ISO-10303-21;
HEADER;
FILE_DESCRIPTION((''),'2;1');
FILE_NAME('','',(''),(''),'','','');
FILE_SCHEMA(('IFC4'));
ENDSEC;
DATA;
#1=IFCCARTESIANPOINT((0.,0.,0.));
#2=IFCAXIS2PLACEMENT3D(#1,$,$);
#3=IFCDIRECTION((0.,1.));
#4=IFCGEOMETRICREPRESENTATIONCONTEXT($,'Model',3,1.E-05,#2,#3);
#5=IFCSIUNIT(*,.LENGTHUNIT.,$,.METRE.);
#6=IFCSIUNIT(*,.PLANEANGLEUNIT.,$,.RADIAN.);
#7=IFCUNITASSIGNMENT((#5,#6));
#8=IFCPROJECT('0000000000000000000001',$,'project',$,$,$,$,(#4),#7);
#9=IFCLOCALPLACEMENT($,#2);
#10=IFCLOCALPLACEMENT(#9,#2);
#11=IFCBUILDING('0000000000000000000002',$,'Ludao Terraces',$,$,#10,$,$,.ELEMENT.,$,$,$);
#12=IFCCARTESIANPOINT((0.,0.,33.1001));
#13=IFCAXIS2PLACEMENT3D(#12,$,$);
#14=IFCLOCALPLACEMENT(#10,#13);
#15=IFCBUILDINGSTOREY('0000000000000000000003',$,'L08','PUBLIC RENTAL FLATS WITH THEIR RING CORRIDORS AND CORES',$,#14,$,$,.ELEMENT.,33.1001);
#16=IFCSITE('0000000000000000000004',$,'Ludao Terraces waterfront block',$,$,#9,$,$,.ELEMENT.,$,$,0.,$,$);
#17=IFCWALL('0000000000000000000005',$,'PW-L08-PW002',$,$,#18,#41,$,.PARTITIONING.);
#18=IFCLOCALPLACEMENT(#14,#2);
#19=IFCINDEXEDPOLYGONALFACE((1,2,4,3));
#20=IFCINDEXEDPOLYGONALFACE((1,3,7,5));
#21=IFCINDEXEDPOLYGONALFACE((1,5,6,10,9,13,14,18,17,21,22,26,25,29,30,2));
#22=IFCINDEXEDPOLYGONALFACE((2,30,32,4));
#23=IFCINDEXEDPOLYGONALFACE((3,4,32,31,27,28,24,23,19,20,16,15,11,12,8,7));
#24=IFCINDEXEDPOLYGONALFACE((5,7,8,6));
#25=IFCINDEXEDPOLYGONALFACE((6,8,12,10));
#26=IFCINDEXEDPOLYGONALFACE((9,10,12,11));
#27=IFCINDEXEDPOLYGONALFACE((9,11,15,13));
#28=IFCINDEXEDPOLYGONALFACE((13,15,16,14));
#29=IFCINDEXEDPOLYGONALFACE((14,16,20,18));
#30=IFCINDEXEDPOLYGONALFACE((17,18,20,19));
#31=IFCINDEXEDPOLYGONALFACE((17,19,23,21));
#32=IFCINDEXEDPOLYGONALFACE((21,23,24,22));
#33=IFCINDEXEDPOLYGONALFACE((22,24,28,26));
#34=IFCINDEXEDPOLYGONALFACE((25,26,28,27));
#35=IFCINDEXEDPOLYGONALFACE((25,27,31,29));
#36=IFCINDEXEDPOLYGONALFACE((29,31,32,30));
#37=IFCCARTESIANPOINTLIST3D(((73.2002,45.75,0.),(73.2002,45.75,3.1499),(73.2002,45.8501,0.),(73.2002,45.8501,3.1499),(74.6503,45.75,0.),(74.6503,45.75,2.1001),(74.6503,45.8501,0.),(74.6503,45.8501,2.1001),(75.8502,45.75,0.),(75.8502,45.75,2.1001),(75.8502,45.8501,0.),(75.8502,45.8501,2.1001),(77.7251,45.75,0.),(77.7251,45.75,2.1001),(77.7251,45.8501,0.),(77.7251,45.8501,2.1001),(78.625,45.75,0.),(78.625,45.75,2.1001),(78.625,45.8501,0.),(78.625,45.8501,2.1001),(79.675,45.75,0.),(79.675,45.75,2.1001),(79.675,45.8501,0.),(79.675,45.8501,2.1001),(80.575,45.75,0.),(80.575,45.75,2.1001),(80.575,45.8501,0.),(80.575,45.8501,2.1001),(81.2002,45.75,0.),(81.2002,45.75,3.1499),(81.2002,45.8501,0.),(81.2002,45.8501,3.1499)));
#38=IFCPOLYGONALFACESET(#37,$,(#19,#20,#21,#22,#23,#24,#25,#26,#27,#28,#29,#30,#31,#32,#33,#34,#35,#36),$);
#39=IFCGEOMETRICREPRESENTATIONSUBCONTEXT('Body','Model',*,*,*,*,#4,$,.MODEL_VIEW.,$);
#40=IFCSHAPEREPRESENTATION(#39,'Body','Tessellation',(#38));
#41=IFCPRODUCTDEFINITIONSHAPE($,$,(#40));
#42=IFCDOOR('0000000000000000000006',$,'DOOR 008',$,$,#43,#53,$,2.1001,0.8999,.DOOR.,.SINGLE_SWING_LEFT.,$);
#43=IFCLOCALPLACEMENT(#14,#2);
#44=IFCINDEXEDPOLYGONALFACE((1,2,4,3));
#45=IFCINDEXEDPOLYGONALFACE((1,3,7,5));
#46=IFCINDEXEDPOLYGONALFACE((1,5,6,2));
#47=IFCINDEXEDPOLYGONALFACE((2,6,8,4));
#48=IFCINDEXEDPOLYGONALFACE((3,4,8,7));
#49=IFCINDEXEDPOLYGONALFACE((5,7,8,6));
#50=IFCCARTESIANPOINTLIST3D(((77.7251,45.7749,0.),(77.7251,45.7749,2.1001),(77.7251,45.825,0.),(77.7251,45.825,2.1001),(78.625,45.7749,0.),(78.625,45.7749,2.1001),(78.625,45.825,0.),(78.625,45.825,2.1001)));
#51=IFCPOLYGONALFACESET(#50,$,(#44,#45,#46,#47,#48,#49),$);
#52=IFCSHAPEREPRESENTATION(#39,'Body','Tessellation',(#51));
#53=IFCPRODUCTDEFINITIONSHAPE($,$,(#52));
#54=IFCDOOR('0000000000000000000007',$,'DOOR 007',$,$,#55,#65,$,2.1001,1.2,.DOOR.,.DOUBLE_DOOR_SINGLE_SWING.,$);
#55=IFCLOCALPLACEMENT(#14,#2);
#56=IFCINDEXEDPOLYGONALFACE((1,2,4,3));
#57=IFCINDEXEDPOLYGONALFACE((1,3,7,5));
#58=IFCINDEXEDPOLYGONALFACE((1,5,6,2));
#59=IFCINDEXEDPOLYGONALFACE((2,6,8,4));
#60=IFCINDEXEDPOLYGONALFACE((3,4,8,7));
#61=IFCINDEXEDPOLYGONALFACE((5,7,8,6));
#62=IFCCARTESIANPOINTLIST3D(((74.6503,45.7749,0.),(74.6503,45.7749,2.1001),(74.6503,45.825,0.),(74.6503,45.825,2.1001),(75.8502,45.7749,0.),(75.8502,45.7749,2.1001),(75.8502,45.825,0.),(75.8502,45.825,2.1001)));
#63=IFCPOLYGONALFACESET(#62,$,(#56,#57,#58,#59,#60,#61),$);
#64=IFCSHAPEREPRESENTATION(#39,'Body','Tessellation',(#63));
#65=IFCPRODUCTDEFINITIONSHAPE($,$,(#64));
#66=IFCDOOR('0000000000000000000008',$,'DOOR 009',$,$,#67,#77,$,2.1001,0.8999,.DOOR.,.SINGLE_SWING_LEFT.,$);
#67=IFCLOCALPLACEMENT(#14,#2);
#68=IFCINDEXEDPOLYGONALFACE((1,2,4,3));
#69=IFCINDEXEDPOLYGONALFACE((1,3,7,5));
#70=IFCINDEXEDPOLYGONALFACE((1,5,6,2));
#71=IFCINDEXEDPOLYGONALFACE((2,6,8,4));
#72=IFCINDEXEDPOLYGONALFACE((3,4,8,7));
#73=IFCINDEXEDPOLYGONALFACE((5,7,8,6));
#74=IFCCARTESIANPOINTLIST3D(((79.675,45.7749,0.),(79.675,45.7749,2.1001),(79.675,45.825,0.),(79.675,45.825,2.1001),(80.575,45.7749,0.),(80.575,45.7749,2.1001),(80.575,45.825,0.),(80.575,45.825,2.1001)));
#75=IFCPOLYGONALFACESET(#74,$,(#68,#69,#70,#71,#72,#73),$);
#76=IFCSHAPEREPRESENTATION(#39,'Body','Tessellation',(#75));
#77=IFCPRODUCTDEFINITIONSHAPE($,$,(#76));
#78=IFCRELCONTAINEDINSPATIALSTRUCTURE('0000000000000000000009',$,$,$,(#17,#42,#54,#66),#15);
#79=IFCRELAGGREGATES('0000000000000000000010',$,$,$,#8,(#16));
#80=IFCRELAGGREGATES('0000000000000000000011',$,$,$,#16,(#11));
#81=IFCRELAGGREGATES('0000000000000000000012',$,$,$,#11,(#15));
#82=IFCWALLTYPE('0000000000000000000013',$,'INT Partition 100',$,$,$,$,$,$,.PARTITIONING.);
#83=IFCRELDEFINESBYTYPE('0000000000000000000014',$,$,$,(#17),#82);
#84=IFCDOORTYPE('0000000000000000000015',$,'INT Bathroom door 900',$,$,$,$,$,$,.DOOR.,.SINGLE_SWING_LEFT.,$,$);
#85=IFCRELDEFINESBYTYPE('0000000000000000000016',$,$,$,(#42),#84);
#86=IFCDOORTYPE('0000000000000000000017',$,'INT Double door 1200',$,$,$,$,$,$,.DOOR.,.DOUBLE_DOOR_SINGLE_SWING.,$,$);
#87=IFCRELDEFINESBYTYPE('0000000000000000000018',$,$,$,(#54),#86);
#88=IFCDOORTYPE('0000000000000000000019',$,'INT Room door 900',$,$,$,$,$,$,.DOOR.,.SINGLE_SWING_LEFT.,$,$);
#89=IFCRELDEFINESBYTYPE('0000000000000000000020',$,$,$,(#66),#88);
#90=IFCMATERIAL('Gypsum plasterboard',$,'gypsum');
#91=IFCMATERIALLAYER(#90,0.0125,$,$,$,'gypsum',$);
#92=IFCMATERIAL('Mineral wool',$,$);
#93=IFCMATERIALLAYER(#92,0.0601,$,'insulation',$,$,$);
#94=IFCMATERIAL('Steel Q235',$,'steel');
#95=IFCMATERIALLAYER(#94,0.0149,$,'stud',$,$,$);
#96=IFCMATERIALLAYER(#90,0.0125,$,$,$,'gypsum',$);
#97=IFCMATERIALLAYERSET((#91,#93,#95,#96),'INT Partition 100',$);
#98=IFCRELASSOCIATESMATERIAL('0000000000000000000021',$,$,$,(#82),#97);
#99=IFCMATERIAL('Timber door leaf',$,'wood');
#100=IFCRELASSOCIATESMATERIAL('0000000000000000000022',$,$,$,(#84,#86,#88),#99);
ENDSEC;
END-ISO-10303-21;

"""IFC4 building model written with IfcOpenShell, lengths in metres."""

from ifc_helpers import new_model, si_unit, direction, frame, frame_2d, origin, place, context, subcontext, project, spatial, rectangle, extrude, material, layer, layer_set, type_object, element, fill, save


model = new_model("IFC4")

# Units and contexts
model_context = context("Model", 3, precision=1e-05, world=origin(), true_north=direction((0.0, 1.0)))
body_context = subcontext(model_context, "Body", "Model", "MODEL_VIEW")
ifc_project = project(units=[si_unit("LENGTHUNIT", "METRE"), si_unit("PLANEANGLEUNIT", "RADIAN")], contexts=[model_context])

# Site, building, storey
site_placement = place(None, origin())
site = spatial("IfcSite", under=ifc_project, at=site_placement, Name="Ludao Terraces waterfront block", CompositionType="ELEMENT", RefElevation=0.0)
building_placement = place(site_placement, origin())
building = spatial("IfcBuilding", under=site, at=building_placement, Name="Ludao Terraces", CompositionType="ELEMENT")
storey_placement = place(building_placement, frame((0.0, 0.0, 33.1001)))
storey = spatial("IfcBuildingStorey", under=building, at=storey_placement, Name="L08", Description="PUBLIC RENTAL FLATS WITH THEIR RING CORRIDORS AND CORES", CompositionType="ELEMENT", Elevation=33.1001)

# Wall, openings, doors
ifc_material_1 = material(Name="Gypsum plasterboard", Category="gypsum")
ifc_layer_1 = layer(ifc_material_1, 0.0125, Category="gypsum")
ifc_material_2 = material(Name="Mineral wool")
ifc_layer_2 = layer(ifc_material_2, 0.0601, Name="insulation")
ifc_material_3 = material(Name="Steel Q235", Category="steel")
ifc_layer_3 = layer(ifc_material_3, 0.0149, Name="stud")
ifc_layer_4 = layer(ifc_material_1, 0.0125, Category="gypsum")
ifc_layer_set = layer_set([ifc_layer_1, ifc_layer_2, ifc_layer_3, ifc_layer_4], Name="INT Partition 100")
wall_type = type_object("IfcWallType", Name="INT Partition 100", PredefinedType="PARTITIONING", material=ifc_layer_set)
wall_1_placement = place(storey_placement, frame((73.2002, 45.8, 0.0), z_axis=(0.0, 0.0, 1.0), x_axis=(1.0, 0.0, 0.0)))
wall_1 = element("IfcWall", 1, at=wall_1_placement, inside=storey, type_object=wall_type, Name="PW-L08-PW002", PredefinedType="PARTITIONING", context=body_context, shape_type="SweptSolid", body=[
    extrude(rectangle(XDim=8.0, YDim=0.1001, at=frame_2d((4.0, 0.0))), origin(), (0.0, 0.0, 1.0), 3.1499),
])
opening_1_placement = place(wall_1_placement, frame((1.45, 0.0, 0.0)))
opening_1 = element("IfcOpeningElement", 2, at=opening_1_placement, cuts=wall_1, PredefinedType="OPENING", context=body_context, shape_type="SweptSolid", body=[
    extrude(rectangle(XDim=1.2, YDim=2.1001, at=frame_2d((0.6001, 1.05))), frame((0.0, 0.0601, 0.0), z_axis=(0.0, -1.0, 0.0), x_axis=(1.0, 0.0, 0.0)), (0.0, 0.0, 1.0), 0.1201),
])
opening_2_placement = place(wall_1_placement, frame((4.5249, 0.0, 0.0)))
opening_2 = element("IfcOpeningElement", 3, at=opening_2_placement, cuts=wall_1, PredefinedType="OPENING", context=body_context, shape_type="SweptSolid", body=[
    extrude(rectangle(XDim=0.8999, YDim=2.1001, at=frame_2d((0.45, 1.05))), frame((0.0, 0.0601, 0.0), z_axis=(0.0, -1.0, 0.0), x_axis=(1.0, 0.0, 0.0)), (0.0, 0.0, 1.0), 0.1201),
])
opening_3_placement = place(wall_1_placement, frame((6.4749, 0.0, 0.0)))
opening_3 = element("IfcOpeningElement", 4, at=opening_3_placement, cuts=wall_1, PredefinedType="OPENING", context=body_context, shape_type="SweptSolid", body=[
    extrude(rectangle(XDim=0.8999, YDim=2.1001, at=frame_2d((0.45, 1.05))), frame((0.0, 0.0601, 0.0), z_axis=(0.0, -1.0, 0.0), x_axis=(1.0, 0.0, 0.0)), (0.0, 0.0, 1.0), 0.1201),
])
ifc_material_4 = material(Name="Timber door leaf", Category="wood")
door_type_1 = type_object("IfcDoorType", Name="INT Bathroom door 900", OperationType="SINGLE_SWING_LEFT", PredefinedType="DOOR", material=ifc_material_4)
door_1_placement = place(opening_2_placement, origin())
door_1 = element("IfcDoor", 5, at=door_1_placement, inside=storey, type_object=door_type_1, Name="DOOR 008", OperationType="SINGLE_SWING_LEFT", OverallHeight=2.1001, OverallWidth=0.8999, PredefinedType="DOOR", context=body_context, shape_type="SweptSolid", body=[
    extrude(rectangle(XDim=0.8999, YDim=2.1001, at=frame_2d((0.45, 1.05))), frame((0.0, 0.0249, 0.0), z_axis=(0.0, -1.0, 0.0), x_axis=(1.0, 0.0, 0.0)), (0.0, 0.0, 1.0), 0.05),
])
fill(opening_2, door_1)
door_type_2 = type_object("IfcDoorType", Name="INT Double door 1200", OperationType="DOUBLE_DOOR_SINGLE_SWING", PredefinedType="DOOR", material=ifc_material_4)
door_2_placement = place(opening_1_placement, origin())
door_2 = element("IfcDoor", 6, at=door_2_placement, inside=storey, type_object=door_type_2, Name="DOOR 007", OperationType="DOUBLE_DOOR_SINGLE_SWING", OverallHeight=2.1001, OverallWidth=1.2, PredefinedType="DOOR", context=body_context, shape_type="SweptSolid", body=[
    extrude(rectangle(XDim=1.2, YDim=2.1001, at=frame_2d((0.6001, 1.05))), frame((0.0, 0.0249, 0.0), z_axis=(0.0, -1.0, 0.0), x_axis=(1.0, 0.0, 0.0)), (0.0, 0.0, 1.0), 0.05),
])
fill(opening_1, door_2)
door_type_3 = type_object("IfcDoorType", Name="INT Room door 900", OperationType="SINGLE_SWING_LEFT", PredefinedType="DOOR", material=ifc_material_4)
door_3_placement = place(opening_3_placement, origin())
door_3 = element("IfcDoor", 7, at=door_3_placement, inside=storey, type_object=door_type_3, Name="DOOR 009", OperationType="SINGLE_SWING_LEFT", OverallHeight=2.1001, OverallWidth=0.8999, PredefinedType="DOOR", context=body_context, shape_type="SweptSolid", body=[
    extrude(rectangle(XDim=0.8999, YDim=2.1001, at=frame_2d((0.45, 1.05))), frame((0.0, 0.0249, 0.0), z_axis=(0.0, -1.0, 0.0), x_axis=(1.0, 0.0, 0.0)), (0.0, 0.0, 1.0), 0.05),
])
fill(opening_3, door_3)

save(model, "model.ifc")
